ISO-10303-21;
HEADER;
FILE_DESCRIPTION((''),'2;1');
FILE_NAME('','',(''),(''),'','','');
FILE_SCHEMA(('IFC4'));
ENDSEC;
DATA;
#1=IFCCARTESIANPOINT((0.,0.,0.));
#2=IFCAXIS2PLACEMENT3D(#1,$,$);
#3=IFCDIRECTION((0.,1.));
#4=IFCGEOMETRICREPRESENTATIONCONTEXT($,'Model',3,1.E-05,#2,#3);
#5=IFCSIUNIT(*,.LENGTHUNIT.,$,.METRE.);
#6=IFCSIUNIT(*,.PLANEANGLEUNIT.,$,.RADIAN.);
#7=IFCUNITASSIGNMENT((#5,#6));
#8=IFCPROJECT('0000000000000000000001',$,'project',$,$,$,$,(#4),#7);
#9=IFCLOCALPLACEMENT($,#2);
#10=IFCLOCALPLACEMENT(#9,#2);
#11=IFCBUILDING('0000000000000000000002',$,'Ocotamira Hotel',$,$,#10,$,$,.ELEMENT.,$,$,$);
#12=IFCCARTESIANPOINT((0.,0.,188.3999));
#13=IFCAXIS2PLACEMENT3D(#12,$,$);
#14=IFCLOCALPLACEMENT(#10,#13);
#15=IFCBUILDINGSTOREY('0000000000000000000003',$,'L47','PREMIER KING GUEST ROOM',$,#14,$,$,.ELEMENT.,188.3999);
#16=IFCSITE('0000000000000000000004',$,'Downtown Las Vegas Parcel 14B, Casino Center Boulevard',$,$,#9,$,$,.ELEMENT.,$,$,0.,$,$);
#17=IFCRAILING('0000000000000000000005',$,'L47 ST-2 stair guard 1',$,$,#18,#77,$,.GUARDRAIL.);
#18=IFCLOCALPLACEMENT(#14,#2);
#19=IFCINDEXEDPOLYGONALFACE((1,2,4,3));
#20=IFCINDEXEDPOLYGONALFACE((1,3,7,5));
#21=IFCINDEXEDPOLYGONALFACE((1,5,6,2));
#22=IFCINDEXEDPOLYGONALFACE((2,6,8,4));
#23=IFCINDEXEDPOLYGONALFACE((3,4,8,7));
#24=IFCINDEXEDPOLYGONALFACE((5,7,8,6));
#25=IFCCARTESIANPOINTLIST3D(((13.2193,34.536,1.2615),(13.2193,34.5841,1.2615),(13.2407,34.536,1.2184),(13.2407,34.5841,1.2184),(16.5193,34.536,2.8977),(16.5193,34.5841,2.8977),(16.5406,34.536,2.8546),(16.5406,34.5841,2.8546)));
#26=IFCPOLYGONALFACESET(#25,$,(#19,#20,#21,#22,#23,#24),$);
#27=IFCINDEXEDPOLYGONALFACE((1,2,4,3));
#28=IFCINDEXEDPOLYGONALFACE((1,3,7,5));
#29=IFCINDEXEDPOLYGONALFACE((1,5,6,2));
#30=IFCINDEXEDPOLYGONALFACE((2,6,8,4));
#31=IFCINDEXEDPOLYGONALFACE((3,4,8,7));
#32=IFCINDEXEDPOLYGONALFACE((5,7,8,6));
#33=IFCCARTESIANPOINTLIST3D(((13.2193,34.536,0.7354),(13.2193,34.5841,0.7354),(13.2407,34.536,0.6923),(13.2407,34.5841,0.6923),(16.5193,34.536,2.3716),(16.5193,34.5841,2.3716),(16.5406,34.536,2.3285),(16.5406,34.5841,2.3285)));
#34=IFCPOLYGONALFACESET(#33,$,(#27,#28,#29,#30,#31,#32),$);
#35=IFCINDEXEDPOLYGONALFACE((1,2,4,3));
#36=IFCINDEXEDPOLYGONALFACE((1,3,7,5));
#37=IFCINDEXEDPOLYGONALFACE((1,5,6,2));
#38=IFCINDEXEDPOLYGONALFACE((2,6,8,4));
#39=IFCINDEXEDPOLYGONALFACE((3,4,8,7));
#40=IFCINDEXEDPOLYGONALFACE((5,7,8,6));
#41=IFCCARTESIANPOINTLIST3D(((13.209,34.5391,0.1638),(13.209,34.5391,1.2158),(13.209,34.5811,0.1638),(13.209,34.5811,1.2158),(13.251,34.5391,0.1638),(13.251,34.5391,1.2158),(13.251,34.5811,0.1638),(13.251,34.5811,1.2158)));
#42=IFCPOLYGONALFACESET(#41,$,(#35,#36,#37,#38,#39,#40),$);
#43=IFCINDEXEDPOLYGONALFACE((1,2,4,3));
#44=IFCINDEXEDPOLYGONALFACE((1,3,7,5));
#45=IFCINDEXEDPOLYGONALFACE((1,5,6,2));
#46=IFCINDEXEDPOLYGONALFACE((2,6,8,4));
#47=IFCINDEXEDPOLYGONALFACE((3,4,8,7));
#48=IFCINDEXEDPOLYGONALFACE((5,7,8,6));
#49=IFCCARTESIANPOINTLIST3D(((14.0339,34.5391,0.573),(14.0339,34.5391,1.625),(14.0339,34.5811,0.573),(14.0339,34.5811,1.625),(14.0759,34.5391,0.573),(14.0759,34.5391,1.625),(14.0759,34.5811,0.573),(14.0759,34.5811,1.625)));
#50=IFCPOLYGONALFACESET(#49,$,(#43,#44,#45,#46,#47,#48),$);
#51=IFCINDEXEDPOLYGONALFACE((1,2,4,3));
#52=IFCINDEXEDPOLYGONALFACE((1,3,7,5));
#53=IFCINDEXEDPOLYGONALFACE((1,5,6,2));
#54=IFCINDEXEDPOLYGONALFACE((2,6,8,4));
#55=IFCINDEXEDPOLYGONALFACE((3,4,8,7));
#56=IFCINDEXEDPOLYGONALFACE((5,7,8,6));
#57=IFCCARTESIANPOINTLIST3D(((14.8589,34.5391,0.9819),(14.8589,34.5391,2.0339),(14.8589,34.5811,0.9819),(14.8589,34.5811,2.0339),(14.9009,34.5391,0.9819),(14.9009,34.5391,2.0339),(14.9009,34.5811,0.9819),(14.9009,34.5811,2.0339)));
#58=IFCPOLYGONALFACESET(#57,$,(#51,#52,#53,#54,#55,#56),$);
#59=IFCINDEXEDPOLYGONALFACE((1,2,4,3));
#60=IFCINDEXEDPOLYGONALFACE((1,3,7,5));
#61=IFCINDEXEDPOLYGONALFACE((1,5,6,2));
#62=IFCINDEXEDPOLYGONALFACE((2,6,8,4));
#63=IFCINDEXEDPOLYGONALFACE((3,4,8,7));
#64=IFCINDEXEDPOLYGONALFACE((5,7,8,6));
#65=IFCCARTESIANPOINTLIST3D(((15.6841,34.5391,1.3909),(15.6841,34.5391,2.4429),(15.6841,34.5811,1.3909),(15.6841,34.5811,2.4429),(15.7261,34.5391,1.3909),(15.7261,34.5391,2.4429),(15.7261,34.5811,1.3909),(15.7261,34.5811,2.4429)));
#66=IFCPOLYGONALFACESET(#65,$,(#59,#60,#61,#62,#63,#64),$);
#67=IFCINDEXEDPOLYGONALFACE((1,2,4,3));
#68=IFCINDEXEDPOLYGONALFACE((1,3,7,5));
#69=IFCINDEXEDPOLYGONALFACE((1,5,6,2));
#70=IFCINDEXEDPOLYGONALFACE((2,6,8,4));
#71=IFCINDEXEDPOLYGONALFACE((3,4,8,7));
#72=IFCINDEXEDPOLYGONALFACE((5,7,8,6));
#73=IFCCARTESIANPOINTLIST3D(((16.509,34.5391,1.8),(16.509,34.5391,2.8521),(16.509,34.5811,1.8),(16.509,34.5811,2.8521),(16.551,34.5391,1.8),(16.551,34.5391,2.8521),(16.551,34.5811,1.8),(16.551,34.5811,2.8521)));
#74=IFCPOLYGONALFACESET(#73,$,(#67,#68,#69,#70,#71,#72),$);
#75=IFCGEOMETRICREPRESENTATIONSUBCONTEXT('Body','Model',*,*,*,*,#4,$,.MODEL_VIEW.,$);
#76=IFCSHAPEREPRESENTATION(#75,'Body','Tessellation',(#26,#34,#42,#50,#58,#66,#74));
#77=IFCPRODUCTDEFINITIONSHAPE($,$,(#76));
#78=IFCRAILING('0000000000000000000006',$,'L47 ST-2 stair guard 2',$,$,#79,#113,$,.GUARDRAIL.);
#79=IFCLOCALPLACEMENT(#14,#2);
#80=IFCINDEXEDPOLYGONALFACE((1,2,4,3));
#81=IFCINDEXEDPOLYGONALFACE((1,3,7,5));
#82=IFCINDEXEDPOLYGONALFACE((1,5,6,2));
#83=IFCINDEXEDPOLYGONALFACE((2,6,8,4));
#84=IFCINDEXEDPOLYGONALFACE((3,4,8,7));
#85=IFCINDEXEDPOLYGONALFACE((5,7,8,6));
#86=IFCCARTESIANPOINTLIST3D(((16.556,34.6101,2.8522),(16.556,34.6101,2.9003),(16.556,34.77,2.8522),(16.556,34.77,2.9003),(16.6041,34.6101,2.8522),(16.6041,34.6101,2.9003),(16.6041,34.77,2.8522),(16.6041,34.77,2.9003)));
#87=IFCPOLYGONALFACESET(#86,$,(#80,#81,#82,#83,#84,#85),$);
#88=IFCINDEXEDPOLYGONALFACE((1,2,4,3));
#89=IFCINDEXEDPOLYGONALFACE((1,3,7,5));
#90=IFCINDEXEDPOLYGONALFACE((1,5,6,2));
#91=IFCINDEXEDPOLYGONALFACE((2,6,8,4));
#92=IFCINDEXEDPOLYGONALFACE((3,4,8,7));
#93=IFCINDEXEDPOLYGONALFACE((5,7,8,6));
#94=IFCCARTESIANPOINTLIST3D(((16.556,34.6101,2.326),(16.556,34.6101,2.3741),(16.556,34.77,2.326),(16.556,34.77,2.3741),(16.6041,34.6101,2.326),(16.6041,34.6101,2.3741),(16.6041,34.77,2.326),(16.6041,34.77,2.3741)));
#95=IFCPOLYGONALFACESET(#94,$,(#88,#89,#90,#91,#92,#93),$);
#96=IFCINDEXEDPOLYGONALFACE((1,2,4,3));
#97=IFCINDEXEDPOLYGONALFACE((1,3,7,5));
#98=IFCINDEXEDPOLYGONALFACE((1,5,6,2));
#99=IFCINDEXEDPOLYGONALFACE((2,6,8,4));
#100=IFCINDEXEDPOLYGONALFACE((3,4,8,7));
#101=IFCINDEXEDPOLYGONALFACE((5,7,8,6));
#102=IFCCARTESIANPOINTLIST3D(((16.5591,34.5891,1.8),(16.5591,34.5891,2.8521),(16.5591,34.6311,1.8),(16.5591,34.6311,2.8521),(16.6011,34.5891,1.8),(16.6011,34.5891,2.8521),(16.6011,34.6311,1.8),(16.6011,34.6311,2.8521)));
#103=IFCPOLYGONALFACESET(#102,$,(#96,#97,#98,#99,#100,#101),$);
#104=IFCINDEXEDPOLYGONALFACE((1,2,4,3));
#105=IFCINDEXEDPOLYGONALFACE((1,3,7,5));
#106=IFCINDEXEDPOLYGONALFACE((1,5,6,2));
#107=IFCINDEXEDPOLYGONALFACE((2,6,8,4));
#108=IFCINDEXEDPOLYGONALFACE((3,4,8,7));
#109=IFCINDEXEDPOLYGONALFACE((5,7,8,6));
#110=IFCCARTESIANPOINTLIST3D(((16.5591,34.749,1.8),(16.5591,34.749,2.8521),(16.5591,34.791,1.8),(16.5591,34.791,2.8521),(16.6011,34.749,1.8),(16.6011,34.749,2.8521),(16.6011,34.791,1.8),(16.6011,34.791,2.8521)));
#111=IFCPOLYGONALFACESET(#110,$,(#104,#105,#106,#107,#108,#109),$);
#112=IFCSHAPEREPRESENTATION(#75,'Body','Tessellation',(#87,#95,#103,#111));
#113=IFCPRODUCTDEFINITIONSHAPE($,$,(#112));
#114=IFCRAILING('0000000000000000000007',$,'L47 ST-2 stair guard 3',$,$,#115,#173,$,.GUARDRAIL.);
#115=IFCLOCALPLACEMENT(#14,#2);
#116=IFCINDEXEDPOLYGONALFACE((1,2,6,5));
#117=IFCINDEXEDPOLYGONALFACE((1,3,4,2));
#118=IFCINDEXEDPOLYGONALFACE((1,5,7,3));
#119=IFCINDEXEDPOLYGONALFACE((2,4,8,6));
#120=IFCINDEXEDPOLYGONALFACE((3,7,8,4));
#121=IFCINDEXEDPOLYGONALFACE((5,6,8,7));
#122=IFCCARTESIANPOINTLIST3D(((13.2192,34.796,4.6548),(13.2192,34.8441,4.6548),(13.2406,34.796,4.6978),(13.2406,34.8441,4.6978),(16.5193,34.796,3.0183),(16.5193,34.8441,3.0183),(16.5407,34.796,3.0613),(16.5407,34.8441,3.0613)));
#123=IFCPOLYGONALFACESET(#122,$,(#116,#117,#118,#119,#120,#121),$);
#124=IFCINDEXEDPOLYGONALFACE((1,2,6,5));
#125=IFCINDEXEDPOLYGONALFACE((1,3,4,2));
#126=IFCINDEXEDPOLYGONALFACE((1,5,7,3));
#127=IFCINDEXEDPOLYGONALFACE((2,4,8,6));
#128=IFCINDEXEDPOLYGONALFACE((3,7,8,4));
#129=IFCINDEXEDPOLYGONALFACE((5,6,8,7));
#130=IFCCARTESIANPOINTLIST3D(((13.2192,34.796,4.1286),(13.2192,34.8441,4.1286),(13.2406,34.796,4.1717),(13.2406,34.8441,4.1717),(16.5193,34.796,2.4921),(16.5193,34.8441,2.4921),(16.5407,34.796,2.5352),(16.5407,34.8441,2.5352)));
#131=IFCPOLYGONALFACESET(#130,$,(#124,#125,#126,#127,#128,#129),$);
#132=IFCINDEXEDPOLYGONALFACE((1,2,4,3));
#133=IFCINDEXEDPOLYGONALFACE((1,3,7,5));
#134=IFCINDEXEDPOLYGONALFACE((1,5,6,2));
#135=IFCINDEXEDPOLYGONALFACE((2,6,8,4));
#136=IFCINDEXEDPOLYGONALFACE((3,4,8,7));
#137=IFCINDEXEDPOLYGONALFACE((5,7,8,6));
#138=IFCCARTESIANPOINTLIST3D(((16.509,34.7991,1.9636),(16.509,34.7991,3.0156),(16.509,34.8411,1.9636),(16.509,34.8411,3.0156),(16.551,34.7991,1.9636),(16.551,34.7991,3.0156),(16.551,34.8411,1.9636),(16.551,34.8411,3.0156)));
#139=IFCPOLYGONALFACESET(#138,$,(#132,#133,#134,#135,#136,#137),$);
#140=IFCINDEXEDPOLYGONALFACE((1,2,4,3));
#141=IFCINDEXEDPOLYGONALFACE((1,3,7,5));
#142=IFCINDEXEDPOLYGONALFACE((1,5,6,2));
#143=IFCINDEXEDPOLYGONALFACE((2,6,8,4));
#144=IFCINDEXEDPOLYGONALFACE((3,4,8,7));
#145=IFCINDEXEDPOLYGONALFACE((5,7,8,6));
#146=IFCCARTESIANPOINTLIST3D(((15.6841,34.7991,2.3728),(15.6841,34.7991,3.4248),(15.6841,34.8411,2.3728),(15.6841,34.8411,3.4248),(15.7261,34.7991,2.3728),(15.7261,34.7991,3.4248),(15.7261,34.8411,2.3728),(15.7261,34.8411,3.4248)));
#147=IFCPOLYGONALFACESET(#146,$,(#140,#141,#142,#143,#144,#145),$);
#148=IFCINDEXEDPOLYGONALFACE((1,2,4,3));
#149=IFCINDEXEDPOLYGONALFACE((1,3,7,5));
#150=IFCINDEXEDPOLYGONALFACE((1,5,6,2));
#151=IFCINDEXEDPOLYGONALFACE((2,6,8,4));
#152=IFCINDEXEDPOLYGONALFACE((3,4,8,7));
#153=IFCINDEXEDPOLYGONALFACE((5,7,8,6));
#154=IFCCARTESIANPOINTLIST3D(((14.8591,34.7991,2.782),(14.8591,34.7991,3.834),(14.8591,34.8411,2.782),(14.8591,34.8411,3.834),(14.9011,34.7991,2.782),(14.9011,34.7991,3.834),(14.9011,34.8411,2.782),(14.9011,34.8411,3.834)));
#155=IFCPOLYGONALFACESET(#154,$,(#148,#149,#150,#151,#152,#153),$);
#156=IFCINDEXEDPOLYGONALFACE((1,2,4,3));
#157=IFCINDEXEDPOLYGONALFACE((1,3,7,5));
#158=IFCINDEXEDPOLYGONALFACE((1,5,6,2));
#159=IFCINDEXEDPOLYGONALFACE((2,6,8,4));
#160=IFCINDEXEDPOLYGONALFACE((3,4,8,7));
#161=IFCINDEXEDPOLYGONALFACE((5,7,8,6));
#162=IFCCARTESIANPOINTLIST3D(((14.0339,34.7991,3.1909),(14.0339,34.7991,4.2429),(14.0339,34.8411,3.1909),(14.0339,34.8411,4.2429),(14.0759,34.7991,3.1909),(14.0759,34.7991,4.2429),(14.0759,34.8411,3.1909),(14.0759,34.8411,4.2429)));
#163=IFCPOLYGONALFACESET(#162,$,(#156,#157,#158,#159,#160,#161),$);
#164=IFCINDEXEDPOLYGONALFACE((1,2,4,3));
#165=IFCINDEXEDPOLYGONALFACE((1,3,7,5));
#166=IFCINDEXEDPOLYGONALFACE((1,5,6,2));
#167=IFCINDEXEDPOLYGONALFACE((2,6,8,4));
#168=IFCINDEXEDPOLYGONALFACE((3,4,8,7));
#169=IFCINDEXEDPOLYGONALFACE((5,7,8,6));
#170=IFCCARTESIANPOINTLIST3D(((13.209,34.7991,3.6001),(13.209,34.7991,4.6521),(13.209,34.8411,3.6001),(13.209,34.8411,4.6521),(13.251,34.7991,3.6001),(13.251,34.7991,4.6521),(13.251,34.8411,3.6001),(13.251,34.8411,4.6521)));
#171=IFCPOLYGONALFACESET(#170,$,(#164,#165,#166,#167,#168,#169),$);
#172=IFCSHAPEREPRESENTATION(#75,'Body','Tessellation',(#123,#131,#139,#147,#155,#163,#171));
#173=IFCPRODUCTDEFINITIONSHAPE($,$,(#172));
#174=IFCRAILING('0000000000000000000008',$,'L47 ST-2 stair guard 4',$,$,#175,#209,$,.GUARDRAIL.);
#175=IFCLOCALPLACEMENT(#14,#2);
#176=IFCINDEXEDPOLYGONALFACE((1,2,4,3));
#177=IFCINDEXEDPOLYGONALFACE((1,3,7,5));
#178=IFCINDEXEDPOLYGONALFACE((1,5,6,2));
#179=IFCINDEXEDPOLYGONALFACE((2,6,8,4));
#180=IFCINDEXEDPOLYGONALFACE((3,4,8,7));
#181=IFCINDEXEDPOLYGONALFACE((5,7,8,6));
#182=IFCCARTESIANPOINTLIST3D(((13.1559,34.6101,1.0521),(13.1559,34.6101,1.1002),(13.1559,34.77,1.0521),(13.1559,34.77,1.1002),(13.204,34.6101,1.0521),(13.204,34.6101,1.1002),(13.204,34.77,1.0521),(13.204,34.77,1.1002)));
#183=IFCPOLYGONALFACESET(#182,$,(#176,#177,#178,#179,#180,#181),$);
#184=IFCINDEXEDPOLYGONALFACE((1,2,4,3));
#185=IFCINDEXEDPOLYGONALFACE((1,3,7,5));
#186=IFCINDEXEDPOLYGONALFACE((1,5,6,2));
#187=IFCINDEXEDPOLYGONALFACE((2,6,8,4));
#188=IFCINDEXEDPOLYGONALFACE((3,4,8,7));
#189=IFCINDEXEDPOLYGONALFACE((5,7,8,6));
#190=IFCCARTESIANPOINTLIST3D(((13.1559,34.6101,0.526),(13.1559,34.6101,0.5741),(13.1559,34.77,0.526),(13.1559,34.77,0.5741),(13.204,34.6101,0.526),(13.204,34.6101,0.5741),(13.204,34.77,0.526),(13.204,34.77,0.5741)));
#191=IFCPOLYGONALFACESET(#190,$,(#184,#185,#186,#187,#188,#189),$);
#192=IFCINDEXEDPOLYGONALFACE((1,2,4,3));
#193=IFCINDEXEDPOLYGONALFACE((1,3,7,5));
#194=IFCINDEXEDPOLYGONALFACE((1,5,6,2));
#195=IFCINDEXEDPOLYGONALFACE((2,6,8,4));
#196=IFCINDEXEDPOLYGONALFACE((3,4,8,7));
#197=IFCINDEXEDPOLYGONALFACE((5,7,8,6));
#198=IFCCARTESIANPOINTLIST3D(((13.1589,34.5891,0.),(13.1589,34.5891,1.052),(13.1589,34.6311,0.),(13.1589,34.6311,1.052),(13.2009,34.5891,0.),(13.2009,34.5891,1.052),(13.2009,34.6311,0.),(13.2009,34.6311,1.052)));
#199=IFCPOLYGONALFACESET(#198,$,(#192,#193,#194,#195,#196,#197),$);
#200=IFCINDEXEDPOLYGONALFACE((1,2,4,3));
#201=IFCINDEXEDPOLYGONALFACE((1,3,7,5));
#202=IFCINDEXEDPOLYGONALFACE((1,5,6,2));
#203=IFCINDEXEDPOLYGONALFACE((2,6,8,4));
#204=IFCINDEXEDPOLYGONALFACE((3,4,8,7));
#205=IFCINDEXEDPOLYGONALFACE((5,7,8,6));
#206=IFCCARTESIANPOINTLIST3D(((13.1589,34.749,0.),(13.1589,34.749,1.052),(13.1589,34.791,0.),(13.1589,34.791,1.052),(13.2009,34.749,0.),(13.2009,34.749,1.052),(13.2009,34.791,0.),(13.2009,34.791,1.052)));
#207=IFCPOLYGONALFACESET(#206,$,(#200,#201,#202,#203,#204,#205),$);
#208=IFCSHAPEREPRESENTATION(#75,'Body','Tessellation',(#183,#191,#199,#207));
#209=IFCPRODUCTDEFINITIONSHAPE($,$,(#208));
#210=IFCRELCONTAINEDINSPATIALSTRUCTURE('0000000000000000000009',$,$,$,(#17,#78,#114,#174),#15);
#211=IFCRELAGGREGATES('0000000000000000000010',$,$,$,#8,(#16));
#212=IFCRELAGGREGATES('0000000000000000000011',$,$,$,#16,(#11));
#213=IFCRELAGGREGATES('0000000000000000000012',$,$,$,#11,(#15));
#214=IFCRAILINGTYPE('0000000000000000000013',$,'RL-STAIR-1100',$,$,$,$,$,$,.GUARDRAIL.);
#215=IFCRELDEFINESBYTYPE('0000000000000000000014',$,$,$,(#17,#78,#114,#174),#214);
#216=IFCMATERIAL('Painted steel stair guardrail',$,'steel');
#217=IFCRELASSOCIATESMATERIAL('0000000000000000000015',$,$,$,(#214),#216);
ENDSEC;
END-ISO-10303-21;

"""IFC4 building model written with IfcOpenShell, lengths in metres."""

from ifc_helpers import new_model, si_unit, direction, frame, origin, origin_2d, place, context, subcontext, project, spatial, rectangle, extrude, material, type_object, element, save


model = new_model("IFC4")

# Units and contexts
model_context = context("Model", 3, precision=1e-05, world=origin(), true_north=direction((0.0, 1.0)))
body_context = subcontext(model_context, "Body", "Model", "MODEL_VIEW")
ifc_project = project(units=[si_unit("LENGTHUNIT", "METRE"), si_unit("PLANEANGLEUNIT", "RADIAN")], contexts=[model_context])

# Site, building, storey
site_placement = place(None, origin())
site = spatial("IfcSite", under=ifc_project, at=site_placement, Name="Downtown Las Vegas Parcel 14B, Casino Center Boulevard", CompositionType="ELEMENT", RefElevation=0.0)
building_placement = place(site_placement, origin())
building = spatial("IfcBuilding", under=site, at=building_placement, Name="Ocotamira Hotel", CompositionType="ELEMENT")
storey_placement = place(building_placement, frame((0.0, 0.0, 188.3999)))
storey = spatial("IfcBuildingStorey", under=building, at=storey_placement, Name="L47", Description="PREMIER KING GUEST ROOM", CompositionType="ELEMENT", Elevation=188.3999)

# Railings
ifc_material_1 = material(Name="Painted steel stair guardrail", Category="steel")
railing_type_1 = type_object("IfcRailingType", Name="RL-STAIR-1100", PredefinedType="GUARDRAIL", material=ifc_material_1)
railing_1_placement = place(storey_placement, frame((13.23, 34.5601, 0.1638)))
element("IfcRailing", 1, at=railing_1_placement, inside=storey, type_object=railing_type_1, Name="L47 ST-2 stair guard 1", PredefinedType="GUARDRAIL", context=body_context, shape_type="SweptSolid", body=[
    extrude(rectangle(XDim=0.0481, YDim=0.0481, at=origin_2d()), frame((0.0, 0.0, 1.0762), z_axis=(0.89592, 0.0, 0.444215), x_axis=(0.0, 1.0, 0.0)), (0.0, 0.0, 1.0), 3.6833),
    extrude(rectangle(XDim=0.0481, YDim=0.0481, at=origin_2d()), frame((0.0, 0.0, 0.55), z_axis=(0.89592, 0.0, 0.444215), x_axis=(0.0, 1.0, 0.0)), (0.0, 0.0, 1.0), 3.6833),
    extrude(rectangle(XDim=0.042, YDim=0.042, at=origin_2d()), origin(), (0.0, 0.0, 1.0), 1.052),
    extrude(rectangle(XDim=0.042, YDim=0.042, at=origin_2d()), frame((0.825, 0.0, 0.4092)), (0.0, 0.0, 1.0), 1.052),
    extrude(rectangle(XDim=0.042, YDim=0.042, at=origin_2d()), frame((1.6499, 0.0, 0.8181)), (0.0, 0.0, 1.0), 1.052),
    extrude(rectangle(XDim=0.042, YDim=0.042, at=origin_2d()), frame((2.4751, 0.0, 1.2271)), (0.0, 0.0, 1.0), 1.052),
    extrude(rectangle(XDim=0.042, YDim=0.042, at=origin_2d()), frame((3.3, 0.0, 1.6362)), (0.0, 0.0, 1.0), 1.052),
])
railing_2_placement = place(storey_placement, frame((16.5801, 34.6101, 1.8)))
element("IfcRailing", 2, at=railing_2_placement, inside=storey, type_object=railing_type_1, Name="L47 ST-2 stair guard 2", PredefinedType="GUARDRAIL", context=body_context, shape_type="SweptSolid", body=[
    extrude(rectangle(XDim=0.0481, YDim=0.0481, at=origin_2d()), frame((0.0, 0.0, 1.0762), z_axis=(0.0, 1.0, 0.0), x_axis=(-1.0, 0.0, 0.0)), (0.0, 0.0, 1.0), 0.1599),
    extrude(rectangle(XDim=0.0481, YDim=0.0481, at=origin_2d()), frame((0.0, 0.0, 0.55), z_axis=(0.0, 1.0, 0.0), x_axis=(-1.0, 0.0, 0.0)), (0.0, 0.0, 1.0), 0.1599),
    extrude(rectangle(XDim=0.042, YDim=0.042, at=origin_2d()), origin(), (0.0, 0.0, 1.0), 1.052),
    extrude(rectangle(XDim=0.042, YDim=0.042, at=origin_2d()), frame((0.0, 0.1599, 0.0)), (0.0, 0.0, 1.0), 1.052),
])
railing_3_placement = place(storey_placement, frame((16.53, 34.8201, 1.9636)))
element("IfcRailing", 3, at=railing_3_placement, inside=storey, type_object=railing_type_1, Name="L47 ST-2 stair guard 3", PredefinedType="GUARDRAIL", context=body_context, shape_type="SweptSolid", body=[
    extrude(rectangle(XDim=0.0481, YDim=0.0481, at=origin_2d()), frame((0.0, 0.0, 1.0762), z_axis=(-0.895894, 0.0, 0.444268), x_axis=(0.0, -1.0, 0.0)), (0.0, 0.0, 1.0), 3.6836),
    extrude(rectangle(XDim=0.0481, YDim=0.0481, at=origin_2d()), frame((0.0, 0.0, 0.55), z_axis=(-0.895894, 0.0, 0.444268), x_axis=(0.0, -1.0, 0.0)), (0.0, 0.0, 1.0), 3.6836),
    extrude(rectangle(XDim=0.042, YDim=0.042, at=origin_2d()), origin(), (0.0, 0.0, 1.0), 1.052),
    extrude(rectangle(XDim=0.042, YDim=0.042, at=origin_2d()), frame((-0.825, 0.0, 0.4092)), (0.0, 0.0, 1.0), 1.052),
    extrude(rectangle(XDim=0.042, YDim=0.042, at=origin_2d()), frame((-1.6499, 0.0, 0.8184)), (0.0, 0.0, 1.0), 1.052),
    extrude(rectangle(XDim=0.042, YDim=0.042, at=origin_2d()), frame((-2.4751, 0.0, 1.2273)), (0.0, 0.0, 1.0), 1.052),
    extrude(rectangle(XDim=0.042, YDim=0.042, at=origin_2d()), frame((-3.3, 0.0, 1.6365)), (0.0, 0.0, 1.0), 1.052),
])
railing_4_placement = place(storey_placement, frame((13.1799, 34.6101, 0.0)))
element("IfcRailing", 4, at=railing_4_placement, inside=storey, type_object=railing_type_1, Name="L47 ST-2 stair guard 4", PredefinedType="GUARDRAIL", context=body_context, shape_type="SweptSolid", body=[
    extrude(rectangle(XDim=0.0481, YDim=0.0481, at=origin_2d()), frame((0.0, 0.0, 1.0762), z_axis=(0.0, 1.0, 0.0), x_axis=(-1.0, 0.0, 0.0)), (0.0, 0.0, 1.0), 0.1599),
    extrude(rectangle(XDim=0.0481, YDim=0.0481, at=origin_2d()), frame((0.0, 0.0, 0.55), z_axis=(0.0, 1.0, 0.0), x_axis=(-1.0, 0.0, 0.0)), (0.0, 0.0, 1.0), 0.1599),
    extrude(rectangle(XDim=0.042, YDim=0.042, at=origin_2d()), origin(), (0.0, 0.0, 1.0), 1.052),
    extrude(rectangle(XDim=0.042, YDim=0.042, at=origin_2d()), frame((0.0, 0.1599, 0.0)), (0.0, 0.0, 1.0), 1.052),
])

save(model, "model.ifc")
